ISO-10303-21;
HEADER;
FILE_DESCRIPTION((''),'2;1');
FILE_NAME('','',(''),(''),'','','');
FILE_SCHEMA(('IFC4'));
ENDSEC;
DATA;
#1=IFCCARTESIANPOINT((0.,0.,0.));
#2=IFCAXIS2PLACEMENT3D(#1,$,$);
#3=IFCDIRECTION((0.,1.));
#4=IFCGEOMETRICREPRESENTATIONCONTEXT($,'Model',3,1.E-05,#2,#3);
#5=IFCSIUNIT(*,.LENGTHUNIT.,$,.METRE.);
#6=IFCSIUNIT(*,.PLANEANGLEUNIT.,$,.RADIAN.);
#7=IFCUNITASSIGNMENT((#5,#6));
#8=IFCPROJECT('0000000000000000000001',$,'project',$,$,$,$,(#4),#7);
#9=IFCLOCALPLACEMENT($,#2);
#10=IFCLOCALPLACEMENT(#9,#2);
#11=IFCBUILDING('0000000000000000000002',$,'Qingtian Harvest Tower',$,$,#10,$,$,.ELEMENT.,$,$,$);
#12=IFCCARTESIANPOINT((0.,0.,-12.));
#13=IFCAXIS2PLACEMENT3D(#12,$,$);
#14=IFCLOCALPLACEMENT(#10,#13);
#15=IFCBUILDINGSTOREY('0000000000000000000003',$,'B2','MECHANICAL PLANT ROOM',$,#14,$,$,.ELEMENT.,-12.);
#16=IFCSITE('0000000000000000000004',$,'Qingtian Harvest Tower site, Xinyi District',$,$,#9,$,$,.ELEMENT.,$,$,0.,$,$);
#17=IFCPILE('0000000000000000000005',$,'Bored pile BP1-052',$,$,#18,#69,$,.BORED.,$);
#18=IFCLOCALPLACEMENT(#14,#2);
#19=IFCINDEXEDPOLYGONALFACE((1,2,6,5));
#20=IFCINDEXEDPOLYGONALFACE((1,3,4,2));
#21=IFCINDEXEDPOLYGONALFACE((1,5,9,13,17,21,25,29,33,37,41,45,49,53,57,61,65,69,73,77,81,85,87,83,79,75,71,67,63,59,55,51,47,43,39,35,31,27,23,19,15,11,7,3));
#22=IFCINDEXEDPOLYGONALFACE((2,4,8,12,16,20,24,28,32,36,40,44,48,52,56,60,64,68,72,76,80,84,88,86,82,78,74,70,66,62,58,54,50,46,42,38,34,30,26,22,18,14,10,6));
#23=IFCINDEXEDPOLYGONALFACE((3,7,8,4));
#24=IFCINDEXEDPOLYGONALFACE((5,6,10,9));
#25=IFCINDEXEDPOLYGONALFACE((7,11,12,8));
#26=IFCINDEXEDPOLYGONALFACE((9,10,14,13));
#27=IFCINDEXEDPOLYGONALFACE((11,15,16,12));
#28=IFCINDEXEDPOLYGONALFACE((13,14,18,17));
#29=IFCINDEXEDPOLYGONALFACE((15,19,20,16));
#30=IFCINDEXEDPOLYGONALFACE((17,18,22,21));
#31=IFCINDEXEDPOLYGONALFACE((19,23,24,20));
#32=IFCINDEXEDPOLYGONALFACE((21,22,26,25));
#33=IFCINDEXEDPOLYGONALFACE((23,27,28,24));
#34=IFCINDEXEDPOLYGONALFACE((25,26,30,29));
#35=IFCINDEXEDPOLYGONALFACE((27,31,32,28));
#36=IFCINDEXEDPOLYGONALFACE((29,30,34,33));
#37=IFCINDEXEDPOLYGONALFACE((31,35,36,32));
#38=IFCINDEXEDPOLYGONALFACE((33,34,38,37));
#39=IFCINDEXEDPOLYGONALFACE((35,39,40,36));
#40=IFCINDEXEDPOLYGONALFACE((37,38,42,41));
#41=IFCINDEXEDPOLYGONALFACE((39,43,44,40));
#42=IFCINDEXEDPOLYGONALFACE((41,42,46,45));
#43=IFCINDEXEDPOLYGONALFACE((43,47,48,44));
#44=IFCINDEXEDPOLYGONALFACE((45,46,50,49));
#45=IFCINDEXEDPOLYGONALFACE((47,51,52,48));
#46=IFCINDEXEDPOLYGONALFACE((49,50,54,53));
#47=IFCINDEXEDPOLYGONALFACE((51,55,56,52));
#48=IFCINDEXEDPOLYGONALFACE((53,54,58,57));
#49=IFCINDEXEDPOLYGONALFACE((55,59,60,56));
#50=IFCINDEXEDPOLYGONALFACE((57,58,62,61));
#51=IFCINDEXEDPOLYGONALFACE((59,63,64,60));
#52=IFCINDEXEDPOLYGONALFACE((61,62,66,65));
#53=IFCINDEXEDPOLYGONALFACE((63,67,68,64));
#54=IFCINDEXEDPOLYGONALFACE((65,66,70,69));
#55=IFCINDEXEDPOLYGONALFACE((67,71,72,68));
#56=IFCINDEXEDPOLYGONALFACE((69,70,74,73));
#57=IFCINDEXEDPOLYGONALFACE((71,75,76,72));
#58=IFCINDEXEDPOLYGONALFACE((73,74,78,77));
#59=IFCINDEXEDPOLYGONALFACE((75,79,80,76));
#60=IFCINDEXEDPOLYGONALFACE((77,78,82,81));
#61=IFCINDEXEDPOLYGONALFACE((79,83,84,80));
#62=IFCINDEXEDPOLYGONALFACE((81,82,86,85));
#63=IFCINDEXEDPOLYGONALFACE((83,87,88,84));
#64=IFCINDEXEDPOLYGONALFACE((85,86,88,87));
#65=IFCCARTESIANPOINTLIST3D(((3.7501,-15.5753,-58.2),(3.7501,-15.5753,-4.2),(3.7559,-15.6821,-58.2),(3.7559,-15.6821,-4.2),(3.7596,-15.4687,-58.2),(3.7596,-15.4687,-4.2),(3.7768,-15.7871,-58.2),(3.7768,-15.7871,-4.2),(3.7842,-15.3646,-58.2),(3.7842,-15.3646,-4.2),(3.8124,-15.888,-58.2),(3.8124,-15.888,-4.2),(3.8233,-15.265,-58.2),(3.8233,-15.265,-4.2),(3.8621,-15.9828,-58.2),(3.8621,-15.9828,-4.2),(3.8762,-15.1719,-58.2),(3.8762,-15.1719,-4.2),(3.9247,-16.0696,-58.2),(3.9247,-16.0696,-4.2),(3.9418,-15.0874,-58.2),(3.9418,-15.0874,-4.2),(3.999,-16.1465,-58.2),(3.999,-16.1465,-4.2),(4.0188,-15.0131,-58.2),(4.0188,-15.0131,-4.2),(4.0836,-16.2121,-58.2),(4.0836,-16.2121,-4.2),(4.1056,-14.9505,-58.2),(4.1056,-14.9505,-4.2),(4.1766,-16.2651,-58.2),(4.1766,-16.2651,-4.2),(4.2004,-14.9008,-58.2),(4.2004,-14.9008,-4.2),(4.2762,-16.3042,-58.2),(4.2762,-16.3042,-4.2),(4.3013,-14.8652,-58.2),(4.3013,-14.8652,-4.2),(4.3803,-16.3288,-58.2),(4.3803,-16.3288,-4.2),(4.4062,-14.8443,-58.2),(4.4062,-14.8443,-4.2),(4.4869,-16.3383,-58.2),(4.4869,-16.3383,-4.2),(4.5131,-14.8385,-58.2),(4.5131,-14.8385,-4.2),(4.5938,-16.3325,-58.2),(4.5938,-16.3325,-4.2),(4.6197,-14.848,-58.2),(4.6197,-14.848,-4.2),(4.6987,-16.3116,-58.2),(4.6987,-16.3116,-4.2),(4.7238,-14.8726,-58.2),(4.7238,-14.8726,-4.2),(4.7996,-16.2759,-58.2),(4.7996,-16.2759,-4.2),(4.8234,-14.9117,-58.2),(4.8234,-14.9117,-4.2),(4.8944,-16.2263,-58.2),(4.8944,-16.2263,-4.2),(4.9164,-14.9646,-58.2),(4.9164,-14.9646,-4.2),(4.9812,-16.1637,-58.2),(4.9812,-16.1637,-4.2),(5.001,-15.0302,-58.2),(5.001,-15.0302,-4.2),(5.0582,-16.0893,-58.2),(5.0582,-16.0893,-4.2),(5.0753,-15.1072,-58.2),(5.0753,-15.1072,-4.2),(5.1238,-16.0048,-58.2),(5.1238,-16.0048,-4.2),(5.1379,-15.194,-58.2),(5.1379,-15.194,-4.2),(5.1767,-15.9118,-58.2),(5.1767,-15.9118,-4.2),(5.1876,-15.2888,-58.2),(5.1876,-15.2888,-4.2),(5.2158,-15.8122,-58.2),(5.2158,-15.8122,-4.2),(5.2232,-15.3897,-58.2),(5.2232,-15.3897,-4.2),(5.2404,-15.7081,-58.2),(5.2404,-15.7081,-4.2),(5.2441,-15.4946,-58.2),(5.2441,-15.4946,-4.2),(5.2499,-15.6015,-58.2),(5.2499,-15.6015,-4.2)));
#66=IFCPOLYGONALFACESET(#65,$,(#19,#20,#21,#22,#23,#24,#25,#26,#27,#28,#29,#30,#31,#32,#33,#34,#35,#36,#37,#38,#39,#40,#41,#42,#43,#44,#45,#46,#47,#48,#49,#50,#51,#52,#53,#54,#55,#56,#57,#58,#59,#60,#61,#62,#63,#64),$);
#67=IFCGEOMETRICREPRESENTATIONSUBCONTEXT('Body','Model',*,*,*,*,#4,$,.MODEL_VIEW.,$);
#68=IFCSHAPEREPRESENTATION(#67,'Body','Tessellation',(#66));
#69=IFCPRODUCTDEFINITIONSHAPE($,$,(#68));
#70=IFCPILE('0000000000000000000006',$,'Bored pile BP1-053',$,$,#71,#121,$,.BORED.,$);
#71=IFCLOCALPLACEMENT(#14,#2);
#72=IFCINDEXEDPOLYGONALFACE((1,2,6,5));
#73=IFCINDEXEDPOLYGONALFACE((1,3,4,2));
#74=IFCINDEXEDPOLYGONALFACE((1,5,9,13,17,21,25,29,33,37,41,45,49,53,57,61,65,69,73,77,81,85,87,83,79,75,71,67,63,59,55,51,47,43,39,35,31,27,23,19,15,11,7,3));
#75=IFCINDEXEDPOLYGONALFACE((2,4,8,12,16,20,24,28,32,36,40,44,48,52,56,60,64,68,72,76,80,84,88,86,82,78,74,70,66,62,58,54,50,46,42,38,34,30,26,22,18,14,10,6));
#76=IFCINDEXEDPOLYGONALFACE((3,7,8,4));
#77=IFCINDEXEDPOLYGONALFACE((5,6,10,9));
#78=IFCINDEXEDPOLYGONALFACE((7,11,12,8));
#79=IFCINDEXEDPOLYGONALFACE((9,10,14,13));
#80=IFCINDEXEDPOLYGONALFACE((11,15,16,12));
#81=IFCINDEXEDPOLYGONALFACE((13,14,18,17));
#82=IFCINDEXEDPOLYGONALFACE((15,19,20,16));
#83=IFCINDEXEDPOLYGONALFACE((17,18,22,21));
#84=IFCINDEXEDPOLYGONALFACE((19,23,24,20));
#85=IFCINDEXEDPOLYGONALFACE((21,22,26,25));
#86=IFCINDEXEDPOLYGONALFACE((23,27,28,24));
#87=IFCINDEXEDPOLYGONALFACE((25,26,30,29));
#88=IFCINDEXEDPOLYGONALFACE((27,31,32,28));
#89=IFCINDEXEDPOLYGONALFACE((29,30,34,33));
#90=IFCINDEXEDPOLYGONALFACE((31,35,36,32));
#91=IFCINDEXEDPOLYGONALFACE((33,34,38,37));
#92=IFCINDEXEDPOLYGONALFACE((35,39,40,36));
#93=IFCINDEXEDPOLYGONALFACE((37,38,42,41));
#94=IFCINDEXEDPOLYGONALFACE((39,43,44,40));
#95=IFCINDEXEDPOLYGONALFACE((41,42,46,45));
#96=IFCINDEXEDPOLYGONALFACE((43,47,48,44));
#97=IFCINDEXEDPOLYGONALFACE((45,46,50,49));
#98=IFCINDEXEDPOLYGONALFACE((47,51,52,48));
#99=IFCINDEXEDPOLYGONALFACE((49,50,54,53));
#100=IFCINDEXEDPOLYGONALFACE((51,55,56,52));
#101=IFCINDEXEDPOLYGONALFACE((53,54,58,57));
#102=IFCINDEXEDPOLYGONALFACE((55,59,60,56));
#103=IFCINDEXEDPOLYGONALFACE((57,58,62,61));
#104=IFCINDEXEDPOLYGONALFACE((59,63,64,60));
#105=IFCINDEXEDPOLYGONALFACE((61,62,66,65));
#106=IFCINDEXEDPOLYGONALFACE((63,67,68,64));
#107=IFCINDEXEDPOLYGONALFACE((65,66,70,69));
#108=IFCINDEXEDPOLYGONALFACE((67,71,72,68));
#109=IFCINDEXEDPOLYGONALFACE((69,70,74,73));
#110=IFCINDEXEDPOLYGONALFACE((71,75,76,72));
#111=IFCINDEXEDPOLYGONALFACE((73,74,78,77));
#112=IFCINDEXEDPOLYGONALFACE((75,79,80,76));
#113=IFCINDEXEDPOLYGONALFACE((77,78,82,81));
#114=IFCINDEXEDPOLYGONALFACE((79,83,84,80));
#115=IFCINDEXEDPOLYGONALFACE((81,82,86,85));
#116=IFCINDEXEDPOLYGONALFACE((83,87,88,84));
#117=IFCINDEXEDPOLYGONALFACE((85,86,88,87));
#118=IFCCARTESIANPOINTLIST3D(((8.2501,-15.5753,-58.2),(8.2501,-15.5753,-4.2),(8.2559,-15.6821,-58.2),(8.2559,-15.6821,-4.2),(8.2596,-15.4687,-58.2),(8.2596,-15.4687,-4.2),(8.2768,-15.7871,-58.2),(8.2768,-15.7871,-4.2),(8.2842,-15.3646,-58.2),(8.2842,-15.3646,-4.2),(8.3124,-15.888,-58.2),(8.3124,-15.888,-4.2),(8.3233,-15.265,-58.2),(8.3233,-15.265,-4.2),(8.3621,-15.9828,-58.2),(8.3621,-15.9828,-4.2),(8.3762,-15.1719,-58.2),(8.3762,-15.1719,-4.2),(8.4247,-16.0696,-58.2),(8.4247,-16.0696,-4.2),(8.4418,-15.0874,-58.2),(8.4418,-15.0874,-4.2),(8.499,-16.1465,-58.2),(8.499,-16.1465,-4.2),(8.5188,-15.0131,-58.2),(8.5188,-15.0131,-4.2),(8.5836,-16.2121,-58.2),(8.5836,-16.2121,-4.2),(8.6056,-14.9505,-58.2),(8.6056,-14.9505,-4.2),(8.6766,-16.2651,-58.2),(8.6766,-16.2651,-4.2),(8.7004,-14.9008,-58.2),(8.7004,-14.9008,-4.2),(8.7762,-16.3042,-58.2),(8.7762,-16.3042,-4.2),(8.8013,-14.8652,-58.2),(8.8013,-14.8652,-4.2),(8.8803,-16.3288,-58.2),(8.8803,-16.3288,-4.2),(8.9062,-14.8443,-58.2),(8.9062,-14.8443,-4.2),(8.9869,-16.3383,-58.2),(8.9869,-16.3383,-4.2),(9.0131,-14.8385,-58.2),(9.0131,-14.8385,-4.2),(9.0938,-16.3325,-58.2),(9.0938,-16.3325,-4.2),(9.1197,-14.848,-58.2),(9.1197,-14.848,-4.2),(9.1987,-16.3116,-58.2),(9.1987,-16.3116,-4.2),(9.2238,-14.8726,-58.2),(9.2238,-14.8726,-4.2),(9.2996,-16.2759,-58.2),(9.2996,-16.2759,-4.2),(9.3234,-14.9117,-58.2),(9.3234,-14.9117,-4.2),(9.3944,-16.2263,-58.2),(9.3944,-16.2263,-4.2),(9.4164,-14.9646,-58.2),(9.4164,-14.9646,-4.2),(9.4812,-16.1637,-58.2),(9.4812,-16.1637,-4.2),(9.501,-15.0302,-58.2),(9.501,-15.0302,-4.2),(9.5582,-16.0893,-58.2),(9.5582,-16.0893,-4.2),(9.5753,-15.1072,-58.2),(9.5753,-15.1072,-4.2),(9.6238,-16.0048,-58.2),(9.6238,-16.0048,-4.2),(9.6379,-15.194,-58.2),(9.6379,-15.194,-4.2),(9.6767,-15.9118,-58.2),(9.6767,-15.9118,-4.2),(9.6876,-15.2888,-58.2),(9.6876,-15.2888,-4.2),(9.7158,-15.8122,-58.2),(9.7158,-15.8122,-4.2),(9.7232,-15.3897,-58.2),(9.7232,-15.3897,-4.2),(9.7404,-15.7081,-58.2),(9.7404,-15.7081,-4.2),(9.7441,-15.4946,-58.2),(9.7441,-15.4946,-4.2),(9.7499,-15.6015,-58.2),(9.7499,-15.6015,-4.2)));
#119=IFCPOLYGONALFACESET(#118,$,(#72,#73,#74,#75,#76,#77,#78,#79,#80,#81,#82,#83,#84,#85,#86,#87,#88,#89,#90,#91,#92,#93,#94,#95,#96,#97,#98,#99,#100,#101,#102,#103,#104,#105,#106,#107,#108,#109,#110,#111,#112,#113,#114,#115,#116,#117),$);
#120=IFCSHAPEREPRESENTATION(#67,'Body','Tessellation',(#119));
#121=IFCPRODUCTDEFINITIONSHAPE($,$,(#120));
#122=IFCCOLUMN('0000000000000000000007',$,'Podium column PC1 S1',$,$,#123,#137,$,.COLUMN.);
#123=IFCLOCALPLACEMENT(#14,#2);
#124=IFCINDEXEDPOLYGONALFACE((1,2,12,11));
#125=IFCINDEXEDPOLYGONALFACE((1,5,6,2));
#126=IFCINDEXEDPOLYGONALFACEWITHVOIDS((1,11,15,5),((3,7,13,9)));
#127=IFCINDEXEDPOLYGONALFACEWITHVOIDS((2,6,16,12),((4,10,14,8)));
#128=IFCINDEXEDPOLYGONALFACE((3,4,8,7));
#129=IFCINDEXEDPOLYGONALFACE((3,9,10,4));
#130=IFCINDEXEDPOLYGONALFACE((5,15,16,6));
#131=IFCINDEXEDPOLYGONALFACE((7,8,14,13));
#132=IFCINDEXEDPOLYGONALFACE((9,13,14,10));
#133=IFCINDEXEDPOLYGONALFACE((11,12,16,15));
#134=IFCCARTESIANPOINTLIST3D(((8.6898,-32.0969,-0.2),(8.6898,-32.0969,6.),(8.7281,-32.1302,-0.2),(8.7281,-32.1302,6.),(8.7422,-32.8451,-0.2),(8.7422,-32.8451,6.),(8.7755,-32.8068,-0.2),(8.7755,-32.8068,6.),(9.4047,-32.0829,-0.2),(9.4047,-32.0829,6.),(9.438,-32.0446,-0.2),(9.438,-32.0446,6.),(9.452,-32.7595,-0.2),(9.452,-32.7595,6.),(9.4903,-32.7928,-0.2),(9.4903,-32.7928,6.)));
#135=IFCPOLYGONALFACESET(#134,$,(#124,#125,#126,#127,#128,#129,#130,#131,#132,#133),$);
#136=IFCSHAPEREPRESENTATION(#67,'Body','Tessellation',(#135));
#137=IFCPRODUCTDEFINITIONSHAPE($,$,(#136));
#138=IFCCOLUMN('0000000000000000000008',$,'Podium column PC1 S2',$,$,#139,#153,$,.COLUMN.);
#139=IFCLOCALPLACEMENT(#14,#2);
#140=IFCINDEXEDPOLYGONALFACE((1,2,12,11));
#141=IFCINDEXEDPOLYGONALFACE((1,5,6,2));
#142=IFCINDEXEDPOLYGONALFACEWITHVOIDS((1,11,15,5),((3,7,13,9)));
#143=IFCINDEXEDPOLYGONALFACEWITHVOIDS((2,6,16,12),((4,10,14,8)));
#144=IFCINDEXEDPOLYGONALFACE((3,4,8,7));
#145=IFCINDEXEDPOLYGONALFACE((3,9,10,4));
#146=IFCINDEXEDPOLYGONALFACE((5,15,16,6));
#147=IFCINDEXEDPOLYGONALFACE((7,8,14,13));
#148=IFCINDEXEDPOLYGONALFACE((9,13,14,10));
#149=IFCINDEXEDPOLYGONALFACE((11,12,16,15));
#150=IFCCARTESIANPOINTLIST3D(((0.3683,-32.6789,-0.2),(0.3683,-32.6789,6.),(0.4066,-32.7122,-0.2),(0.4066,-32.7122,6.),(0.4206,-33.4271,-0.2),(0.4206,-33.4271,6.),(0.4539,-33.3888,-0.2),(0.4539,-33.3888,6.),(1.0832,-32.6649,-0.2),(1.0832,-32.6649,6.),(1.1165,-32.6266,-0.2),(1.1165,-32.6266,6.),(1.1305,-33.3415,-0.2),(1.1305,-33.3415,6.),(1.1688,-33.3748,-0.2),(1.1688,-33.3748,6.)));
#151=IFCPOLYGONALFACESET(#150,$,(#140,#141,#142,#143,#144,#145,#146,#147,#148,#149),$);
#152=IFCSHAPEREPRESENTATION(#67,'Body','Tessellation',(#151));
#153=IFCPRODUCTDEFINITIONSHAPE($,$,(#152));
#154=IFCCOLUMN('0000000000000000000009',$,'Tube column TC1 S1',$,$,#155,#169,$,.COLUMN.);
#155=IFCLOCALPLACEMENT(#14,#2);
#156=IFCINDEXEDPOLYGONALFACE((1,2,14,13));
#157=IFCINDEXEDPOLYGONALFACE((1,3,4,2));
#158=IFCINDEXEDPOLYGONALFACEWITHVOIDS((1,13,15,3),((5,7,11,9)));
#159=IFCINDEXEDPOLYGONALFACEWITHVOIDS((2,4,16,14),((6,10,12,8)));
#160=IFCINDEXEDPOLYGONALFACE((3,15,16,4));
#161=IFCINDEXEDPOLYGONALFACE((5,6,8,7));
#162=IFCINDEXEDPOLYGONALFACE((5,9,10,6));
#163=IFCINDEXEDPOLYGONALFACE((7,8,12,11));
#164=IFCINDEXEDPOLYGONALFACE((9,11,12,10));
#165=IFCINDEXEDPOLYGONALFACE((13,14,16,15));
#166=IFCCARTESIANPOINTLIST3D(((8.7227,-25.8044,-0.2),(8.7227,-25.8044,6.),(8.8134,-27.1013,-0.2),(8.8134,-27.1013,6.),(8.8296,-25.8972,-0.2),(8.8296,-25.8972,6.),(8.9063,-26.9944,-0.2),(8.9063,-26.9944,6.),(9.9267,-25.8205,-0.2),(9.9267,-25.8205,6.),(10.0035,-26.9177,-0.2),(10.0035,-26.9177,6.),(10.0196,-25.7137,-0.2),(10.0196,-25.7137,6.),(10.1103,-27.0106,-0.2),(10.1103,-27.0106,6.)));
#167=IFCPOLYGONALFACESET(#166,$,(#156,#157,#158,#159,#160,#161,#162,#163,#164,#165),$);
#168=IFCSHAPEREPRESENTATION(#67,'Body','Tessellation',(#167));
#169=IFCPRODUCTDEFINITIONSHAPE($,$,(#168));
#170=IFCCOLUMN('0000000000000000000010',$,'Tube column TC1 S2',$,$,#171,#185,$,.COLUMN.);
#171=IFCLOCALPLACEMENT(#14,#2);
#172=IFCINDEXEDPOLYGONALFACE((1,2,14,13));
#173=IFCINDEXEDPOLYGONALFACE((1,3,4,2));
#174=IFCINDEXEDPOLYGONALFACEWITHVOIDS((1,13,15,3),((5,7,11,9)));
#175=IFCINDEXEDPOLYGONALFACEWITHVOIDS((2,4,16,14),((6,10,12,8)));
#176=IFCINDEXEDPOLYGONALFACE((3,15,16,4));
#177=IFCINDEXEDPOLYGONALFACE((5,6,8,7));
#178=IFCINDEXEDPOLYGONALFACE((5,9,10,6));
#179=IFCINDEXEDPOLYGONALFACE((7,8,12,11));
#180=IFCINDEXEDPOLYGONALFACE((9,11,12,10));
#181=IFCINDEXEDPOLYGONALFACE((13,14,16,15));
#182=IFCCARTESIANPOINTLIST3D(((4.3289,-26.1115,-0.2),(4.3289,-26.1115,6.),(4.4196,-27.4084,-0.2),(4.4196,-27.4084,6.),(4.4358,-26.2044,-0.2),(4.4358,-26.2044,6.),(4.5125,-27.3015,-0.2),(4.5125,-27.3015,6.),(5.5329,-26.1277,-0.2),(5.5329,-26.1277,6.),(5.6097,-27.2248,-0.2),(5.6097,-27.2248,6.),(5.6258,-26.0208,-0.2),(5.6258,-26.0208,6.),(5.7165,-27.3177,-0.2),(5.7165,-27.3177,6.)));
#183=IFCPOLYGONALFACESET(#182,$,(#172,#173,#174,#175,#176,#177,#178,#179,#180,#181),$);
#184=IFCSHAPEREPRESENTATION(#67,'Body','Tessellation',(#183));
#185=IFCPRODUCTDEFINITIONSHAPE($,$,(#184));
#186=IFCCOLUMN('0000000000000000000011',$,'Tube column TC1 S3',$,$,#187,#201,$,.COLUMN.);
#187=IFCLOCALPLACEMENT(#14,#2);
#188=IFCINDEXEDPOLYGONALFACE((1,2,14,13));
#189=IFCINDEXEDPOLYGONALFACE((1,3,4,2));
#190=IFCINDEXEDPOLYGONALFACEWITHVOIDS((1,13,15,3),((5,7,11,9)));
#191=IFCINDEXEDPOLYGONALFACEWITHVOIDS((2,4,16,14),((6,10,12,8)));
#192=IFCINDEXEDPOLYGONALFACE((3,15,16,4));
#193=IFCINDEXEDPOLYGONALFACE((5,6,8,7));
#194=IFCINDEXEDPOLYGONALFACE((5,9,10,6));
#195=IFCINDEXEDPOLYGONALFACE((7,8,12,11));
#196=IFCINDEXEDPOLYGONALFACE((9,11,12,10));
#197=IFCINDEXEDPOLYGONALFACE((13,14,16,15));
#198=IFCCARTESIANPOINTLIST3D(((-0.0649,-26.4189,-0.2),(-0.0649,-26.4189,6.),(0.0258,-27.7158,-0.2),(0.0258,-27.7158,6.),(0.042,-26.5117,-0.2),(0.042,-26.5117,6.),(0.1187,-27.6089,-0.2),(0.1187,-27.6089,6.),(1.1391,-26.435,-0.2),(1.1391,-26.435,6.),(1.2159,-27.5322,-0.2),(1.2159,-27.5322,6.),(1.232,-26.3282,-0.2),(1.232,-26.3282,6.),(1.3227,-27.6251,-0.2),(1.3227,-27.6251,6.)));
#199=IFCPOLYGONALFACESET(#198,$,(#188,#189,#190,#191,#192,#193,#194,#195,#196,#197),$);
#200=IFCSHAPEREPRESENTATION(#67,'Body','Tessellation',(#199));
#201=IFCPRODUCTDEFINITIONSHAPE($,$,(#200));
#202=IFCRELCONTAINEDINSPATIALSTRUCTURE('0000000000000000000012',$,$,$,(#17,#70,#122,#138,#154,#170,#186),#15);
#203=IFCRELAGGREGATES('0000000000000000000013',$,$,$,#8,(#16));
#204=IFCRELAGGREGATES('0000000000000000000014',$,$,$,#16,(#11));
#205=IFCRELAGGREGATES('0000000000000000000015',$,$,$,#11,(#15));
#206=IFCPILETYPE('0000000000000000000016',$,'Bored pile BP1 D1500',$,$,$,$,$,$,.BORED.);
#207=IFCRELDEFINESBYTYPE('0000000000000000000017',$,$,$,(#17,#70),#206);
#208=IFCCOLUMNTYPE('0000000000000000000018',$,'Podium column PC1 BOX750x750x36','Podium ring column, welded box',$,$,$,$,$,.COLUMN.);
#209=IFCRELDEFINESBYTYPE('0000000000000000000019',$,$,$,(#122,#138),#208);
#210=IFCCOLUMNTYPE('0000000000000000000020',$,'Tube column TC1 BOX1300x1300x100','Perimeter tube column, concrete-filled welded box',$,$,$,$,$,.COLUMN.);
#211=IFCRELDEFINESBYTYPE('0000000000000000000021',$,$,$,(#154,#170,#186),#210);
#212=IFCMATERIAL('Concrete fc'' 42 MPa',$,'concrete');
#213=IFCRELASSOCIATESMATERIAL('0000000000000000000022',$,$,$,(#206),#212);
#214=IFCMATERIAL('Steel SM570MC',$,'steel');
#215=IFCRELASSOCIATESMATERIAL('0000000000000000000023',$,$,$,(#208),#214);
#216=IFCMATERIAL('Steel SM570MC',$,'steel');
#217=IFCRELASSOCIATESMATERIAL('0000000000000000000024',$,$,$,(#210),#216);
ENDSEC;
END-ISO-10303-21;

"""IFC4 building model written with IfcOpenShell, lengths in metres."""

from ifc_helpers import new_model, si_unit, direction, frame, frame_2d, origin, origin_2d, place, context, subcontext, project, spatial, hollow_rectangle, circle, extrude, material, material_profile, profile_set, type_object, element, save


model = new_model("IFC4")

# Units and contexts
model_context = context("Model", 3, precision=1e-05, world=origin(), true_north=direction((0.0, 1.0)))
body_context = subcontext(model_context, "Body", "Model", "MODEL_VIEW")
ifc_project = project(units=[si_unit("LENGTHUNIT", "METRE"), si_unit("PLANEANGLEUNIT", "RADIAN")], contexts=[model_context])

# Site, building, storey
site_placement = place(None, origin())
site = spatial("IfcSite", under=ifc_project, at=site_placement, Name="Qingtian Harvest Tower site, Xinyi District", CompositionType="ELEMENT", RefElevation=0.0)
building_placement = place(site_placement, origin())
building = spatial("IfcBuilding", under=site, at=building_placement, Name="Qingtian Harvest Tower", CompositionType="ELEMENT")
storey_placement = place(building_placement, frame((0.0, 0.0, -12.0)))
storey = spatial("IfcBuildingStorey", under=building, at=storey_placement, Name="B2", Description="MECHANICAL PLANT ROOM", CompositionType="ELEMENT", Elevation=-12.0)

# Piles
ifc_material_1 = material(Name="Concrete fc' 42 MPa", Category="concrete")
ifc_material_profile_1 = material_profile(ifc_material_1, circle(Radius=0.75, at=frame_2d((0.0, 0.0), x_axis=(0.999848, 0.017452))), Name="Bored pile BP1 D1500")
ifc_profile_set_1 = profile_set([ifc_material_profile_1], Name="Concrete fc' 42 MPa")
pile_type = type_object("IfcPileType", Name="Bored pile BP1 D1500", PredefinedType="BORED", material=ifc_profile_set_1)
for number, where, z_axis, x_axis, name in (
    (1, (4.5, -15.5884, -4.2), (0.0, 0.0, -1.0), (1.0, 0.0, 0.0), "Bored pile BP1-052"),
    (2, (9.0, -15.5884, -4.2), (0.0, 0.0, -1.0), (1.0, 0.0, 0.0), "Bored pile BP1-053"),
):
    element("IfcPile", number, at=place(storey_placement, frame(where, z_axis=z_axis, x_axis=x_axis)), inside=storey, type_object=pile_type, Name=name, PredefinedType="BORED", context=body_context, shape_type="SweptSolid", body=[
        extrude(circle(Radius=0.75, at=frame_2d((0.0, 0.0), x_axis=(0.999848, 0.017452))), origin(), (0.0, 0.0, 1.0), 54.0),
    ])

# Columns
ifc_material_2 = material(Name="Steel SM570MC", Category="steel")
ifc_material_profile_2 = material_profile(ifc_material_2, hollow_rectangle(XDim=0.75, YDim=0.75, WallThickness=0.0359, at=origin_2d()), Name="BOX750x750x36")
ifc_profile_set_2 = profile_set([ifc_material_profile_2], Name="Steel SM570MC")
column_type_1 = type_object("IfcColumnType", Name="Podium column PC1 BOX750x750x36", Description="Podium ring column, welded box", PredefinedType="COLUMN", material=ifc_profile_set_2)
for number, where, z_axis, x_axis, name in (
    (3, (9.0901, -32.4448, -0.2), (0.0, 0.0, 1.0), (0.997564, 0.069756, 0.0), "Podium column PC1 S1"),
    (4, (0.7686, -33.0269, -0.2), (0.0, 0.0, 1.0), (0.997564, 0.069756, 0.0), "Podium column PC1 S2"),
):
    element("IfcColumn", number, at=place(storey_placement, frame(where, z_axis=z_axis, x_axis=x_axis)), inside=storey, type_object=column_type_1, Name=name, PredefinedType="COLUMN", context=body_context, shape_type="SweptSolid", body=[
        extrude(hollow_rectangle(XDim=0.75, YDim=0.75, WallThickness=0.0359, at=origin_2d()), origin(), (0.0, 0.0, 1.0), 6.2),
    ])
ifc_material_3 = material(Name="Steel SM570MC", Category="steel")
ifc_material_profile_3 = material_profile(ifc_material_3, hollow_rectangle(XDim=1.3, YDim=1.3, WallThickness=0.1001, at=origin_2d()), Name="BOX1300x1300x100")
ifc_profile_set_3 = profile_set([ifc_material_profile_3], Name="Steel SM570MC")
column_type_2 = type_object("IfcColumnType", Name="Tube column TC1 BOX1300x1300x100", Description="Perimeter tube column, concrete-filled welded box", PredefinedType="COLUMN", material=ifc_profile_set_3)
for number, where, z_axis, x_axis, name in (
    (5, (9.4165, -26.4075, -0.2), (0.0, 0.0, 1.0), (0.997564, 0.069756, 0.0), "Tube column TC1 S1"),
    (6, (5.0227, -26.7146, -0.2), (0.0, 0.0, 1.0), (0.997564, 0.069756, 0.0), "Tube column TC1 S2"),
    (7, (0.6289, -27.022, -0.2), (0.0, 0.0, 1.0), (0.997564, 0.069756, 0.0), "Tube column TC1 S3"),
):
    element("IfcColumn", number, at=place(storey_placement, frame(where, z_axis=z_axis, x_axis=x_axis)), inside=storey, type_object=column_type_2, Name=name, PredefinedType="COLUMN", context=body_context, shape_type="SweptSolid", body=[
        extrude(hollow_rectangle(XDim=1.3, YDim=1.3, WallThickness=0.1001, at=origin_2d()), origin(), (0.0, 0.0, 1.0), 6.2),
    ])

save(model, "model.ifc")
